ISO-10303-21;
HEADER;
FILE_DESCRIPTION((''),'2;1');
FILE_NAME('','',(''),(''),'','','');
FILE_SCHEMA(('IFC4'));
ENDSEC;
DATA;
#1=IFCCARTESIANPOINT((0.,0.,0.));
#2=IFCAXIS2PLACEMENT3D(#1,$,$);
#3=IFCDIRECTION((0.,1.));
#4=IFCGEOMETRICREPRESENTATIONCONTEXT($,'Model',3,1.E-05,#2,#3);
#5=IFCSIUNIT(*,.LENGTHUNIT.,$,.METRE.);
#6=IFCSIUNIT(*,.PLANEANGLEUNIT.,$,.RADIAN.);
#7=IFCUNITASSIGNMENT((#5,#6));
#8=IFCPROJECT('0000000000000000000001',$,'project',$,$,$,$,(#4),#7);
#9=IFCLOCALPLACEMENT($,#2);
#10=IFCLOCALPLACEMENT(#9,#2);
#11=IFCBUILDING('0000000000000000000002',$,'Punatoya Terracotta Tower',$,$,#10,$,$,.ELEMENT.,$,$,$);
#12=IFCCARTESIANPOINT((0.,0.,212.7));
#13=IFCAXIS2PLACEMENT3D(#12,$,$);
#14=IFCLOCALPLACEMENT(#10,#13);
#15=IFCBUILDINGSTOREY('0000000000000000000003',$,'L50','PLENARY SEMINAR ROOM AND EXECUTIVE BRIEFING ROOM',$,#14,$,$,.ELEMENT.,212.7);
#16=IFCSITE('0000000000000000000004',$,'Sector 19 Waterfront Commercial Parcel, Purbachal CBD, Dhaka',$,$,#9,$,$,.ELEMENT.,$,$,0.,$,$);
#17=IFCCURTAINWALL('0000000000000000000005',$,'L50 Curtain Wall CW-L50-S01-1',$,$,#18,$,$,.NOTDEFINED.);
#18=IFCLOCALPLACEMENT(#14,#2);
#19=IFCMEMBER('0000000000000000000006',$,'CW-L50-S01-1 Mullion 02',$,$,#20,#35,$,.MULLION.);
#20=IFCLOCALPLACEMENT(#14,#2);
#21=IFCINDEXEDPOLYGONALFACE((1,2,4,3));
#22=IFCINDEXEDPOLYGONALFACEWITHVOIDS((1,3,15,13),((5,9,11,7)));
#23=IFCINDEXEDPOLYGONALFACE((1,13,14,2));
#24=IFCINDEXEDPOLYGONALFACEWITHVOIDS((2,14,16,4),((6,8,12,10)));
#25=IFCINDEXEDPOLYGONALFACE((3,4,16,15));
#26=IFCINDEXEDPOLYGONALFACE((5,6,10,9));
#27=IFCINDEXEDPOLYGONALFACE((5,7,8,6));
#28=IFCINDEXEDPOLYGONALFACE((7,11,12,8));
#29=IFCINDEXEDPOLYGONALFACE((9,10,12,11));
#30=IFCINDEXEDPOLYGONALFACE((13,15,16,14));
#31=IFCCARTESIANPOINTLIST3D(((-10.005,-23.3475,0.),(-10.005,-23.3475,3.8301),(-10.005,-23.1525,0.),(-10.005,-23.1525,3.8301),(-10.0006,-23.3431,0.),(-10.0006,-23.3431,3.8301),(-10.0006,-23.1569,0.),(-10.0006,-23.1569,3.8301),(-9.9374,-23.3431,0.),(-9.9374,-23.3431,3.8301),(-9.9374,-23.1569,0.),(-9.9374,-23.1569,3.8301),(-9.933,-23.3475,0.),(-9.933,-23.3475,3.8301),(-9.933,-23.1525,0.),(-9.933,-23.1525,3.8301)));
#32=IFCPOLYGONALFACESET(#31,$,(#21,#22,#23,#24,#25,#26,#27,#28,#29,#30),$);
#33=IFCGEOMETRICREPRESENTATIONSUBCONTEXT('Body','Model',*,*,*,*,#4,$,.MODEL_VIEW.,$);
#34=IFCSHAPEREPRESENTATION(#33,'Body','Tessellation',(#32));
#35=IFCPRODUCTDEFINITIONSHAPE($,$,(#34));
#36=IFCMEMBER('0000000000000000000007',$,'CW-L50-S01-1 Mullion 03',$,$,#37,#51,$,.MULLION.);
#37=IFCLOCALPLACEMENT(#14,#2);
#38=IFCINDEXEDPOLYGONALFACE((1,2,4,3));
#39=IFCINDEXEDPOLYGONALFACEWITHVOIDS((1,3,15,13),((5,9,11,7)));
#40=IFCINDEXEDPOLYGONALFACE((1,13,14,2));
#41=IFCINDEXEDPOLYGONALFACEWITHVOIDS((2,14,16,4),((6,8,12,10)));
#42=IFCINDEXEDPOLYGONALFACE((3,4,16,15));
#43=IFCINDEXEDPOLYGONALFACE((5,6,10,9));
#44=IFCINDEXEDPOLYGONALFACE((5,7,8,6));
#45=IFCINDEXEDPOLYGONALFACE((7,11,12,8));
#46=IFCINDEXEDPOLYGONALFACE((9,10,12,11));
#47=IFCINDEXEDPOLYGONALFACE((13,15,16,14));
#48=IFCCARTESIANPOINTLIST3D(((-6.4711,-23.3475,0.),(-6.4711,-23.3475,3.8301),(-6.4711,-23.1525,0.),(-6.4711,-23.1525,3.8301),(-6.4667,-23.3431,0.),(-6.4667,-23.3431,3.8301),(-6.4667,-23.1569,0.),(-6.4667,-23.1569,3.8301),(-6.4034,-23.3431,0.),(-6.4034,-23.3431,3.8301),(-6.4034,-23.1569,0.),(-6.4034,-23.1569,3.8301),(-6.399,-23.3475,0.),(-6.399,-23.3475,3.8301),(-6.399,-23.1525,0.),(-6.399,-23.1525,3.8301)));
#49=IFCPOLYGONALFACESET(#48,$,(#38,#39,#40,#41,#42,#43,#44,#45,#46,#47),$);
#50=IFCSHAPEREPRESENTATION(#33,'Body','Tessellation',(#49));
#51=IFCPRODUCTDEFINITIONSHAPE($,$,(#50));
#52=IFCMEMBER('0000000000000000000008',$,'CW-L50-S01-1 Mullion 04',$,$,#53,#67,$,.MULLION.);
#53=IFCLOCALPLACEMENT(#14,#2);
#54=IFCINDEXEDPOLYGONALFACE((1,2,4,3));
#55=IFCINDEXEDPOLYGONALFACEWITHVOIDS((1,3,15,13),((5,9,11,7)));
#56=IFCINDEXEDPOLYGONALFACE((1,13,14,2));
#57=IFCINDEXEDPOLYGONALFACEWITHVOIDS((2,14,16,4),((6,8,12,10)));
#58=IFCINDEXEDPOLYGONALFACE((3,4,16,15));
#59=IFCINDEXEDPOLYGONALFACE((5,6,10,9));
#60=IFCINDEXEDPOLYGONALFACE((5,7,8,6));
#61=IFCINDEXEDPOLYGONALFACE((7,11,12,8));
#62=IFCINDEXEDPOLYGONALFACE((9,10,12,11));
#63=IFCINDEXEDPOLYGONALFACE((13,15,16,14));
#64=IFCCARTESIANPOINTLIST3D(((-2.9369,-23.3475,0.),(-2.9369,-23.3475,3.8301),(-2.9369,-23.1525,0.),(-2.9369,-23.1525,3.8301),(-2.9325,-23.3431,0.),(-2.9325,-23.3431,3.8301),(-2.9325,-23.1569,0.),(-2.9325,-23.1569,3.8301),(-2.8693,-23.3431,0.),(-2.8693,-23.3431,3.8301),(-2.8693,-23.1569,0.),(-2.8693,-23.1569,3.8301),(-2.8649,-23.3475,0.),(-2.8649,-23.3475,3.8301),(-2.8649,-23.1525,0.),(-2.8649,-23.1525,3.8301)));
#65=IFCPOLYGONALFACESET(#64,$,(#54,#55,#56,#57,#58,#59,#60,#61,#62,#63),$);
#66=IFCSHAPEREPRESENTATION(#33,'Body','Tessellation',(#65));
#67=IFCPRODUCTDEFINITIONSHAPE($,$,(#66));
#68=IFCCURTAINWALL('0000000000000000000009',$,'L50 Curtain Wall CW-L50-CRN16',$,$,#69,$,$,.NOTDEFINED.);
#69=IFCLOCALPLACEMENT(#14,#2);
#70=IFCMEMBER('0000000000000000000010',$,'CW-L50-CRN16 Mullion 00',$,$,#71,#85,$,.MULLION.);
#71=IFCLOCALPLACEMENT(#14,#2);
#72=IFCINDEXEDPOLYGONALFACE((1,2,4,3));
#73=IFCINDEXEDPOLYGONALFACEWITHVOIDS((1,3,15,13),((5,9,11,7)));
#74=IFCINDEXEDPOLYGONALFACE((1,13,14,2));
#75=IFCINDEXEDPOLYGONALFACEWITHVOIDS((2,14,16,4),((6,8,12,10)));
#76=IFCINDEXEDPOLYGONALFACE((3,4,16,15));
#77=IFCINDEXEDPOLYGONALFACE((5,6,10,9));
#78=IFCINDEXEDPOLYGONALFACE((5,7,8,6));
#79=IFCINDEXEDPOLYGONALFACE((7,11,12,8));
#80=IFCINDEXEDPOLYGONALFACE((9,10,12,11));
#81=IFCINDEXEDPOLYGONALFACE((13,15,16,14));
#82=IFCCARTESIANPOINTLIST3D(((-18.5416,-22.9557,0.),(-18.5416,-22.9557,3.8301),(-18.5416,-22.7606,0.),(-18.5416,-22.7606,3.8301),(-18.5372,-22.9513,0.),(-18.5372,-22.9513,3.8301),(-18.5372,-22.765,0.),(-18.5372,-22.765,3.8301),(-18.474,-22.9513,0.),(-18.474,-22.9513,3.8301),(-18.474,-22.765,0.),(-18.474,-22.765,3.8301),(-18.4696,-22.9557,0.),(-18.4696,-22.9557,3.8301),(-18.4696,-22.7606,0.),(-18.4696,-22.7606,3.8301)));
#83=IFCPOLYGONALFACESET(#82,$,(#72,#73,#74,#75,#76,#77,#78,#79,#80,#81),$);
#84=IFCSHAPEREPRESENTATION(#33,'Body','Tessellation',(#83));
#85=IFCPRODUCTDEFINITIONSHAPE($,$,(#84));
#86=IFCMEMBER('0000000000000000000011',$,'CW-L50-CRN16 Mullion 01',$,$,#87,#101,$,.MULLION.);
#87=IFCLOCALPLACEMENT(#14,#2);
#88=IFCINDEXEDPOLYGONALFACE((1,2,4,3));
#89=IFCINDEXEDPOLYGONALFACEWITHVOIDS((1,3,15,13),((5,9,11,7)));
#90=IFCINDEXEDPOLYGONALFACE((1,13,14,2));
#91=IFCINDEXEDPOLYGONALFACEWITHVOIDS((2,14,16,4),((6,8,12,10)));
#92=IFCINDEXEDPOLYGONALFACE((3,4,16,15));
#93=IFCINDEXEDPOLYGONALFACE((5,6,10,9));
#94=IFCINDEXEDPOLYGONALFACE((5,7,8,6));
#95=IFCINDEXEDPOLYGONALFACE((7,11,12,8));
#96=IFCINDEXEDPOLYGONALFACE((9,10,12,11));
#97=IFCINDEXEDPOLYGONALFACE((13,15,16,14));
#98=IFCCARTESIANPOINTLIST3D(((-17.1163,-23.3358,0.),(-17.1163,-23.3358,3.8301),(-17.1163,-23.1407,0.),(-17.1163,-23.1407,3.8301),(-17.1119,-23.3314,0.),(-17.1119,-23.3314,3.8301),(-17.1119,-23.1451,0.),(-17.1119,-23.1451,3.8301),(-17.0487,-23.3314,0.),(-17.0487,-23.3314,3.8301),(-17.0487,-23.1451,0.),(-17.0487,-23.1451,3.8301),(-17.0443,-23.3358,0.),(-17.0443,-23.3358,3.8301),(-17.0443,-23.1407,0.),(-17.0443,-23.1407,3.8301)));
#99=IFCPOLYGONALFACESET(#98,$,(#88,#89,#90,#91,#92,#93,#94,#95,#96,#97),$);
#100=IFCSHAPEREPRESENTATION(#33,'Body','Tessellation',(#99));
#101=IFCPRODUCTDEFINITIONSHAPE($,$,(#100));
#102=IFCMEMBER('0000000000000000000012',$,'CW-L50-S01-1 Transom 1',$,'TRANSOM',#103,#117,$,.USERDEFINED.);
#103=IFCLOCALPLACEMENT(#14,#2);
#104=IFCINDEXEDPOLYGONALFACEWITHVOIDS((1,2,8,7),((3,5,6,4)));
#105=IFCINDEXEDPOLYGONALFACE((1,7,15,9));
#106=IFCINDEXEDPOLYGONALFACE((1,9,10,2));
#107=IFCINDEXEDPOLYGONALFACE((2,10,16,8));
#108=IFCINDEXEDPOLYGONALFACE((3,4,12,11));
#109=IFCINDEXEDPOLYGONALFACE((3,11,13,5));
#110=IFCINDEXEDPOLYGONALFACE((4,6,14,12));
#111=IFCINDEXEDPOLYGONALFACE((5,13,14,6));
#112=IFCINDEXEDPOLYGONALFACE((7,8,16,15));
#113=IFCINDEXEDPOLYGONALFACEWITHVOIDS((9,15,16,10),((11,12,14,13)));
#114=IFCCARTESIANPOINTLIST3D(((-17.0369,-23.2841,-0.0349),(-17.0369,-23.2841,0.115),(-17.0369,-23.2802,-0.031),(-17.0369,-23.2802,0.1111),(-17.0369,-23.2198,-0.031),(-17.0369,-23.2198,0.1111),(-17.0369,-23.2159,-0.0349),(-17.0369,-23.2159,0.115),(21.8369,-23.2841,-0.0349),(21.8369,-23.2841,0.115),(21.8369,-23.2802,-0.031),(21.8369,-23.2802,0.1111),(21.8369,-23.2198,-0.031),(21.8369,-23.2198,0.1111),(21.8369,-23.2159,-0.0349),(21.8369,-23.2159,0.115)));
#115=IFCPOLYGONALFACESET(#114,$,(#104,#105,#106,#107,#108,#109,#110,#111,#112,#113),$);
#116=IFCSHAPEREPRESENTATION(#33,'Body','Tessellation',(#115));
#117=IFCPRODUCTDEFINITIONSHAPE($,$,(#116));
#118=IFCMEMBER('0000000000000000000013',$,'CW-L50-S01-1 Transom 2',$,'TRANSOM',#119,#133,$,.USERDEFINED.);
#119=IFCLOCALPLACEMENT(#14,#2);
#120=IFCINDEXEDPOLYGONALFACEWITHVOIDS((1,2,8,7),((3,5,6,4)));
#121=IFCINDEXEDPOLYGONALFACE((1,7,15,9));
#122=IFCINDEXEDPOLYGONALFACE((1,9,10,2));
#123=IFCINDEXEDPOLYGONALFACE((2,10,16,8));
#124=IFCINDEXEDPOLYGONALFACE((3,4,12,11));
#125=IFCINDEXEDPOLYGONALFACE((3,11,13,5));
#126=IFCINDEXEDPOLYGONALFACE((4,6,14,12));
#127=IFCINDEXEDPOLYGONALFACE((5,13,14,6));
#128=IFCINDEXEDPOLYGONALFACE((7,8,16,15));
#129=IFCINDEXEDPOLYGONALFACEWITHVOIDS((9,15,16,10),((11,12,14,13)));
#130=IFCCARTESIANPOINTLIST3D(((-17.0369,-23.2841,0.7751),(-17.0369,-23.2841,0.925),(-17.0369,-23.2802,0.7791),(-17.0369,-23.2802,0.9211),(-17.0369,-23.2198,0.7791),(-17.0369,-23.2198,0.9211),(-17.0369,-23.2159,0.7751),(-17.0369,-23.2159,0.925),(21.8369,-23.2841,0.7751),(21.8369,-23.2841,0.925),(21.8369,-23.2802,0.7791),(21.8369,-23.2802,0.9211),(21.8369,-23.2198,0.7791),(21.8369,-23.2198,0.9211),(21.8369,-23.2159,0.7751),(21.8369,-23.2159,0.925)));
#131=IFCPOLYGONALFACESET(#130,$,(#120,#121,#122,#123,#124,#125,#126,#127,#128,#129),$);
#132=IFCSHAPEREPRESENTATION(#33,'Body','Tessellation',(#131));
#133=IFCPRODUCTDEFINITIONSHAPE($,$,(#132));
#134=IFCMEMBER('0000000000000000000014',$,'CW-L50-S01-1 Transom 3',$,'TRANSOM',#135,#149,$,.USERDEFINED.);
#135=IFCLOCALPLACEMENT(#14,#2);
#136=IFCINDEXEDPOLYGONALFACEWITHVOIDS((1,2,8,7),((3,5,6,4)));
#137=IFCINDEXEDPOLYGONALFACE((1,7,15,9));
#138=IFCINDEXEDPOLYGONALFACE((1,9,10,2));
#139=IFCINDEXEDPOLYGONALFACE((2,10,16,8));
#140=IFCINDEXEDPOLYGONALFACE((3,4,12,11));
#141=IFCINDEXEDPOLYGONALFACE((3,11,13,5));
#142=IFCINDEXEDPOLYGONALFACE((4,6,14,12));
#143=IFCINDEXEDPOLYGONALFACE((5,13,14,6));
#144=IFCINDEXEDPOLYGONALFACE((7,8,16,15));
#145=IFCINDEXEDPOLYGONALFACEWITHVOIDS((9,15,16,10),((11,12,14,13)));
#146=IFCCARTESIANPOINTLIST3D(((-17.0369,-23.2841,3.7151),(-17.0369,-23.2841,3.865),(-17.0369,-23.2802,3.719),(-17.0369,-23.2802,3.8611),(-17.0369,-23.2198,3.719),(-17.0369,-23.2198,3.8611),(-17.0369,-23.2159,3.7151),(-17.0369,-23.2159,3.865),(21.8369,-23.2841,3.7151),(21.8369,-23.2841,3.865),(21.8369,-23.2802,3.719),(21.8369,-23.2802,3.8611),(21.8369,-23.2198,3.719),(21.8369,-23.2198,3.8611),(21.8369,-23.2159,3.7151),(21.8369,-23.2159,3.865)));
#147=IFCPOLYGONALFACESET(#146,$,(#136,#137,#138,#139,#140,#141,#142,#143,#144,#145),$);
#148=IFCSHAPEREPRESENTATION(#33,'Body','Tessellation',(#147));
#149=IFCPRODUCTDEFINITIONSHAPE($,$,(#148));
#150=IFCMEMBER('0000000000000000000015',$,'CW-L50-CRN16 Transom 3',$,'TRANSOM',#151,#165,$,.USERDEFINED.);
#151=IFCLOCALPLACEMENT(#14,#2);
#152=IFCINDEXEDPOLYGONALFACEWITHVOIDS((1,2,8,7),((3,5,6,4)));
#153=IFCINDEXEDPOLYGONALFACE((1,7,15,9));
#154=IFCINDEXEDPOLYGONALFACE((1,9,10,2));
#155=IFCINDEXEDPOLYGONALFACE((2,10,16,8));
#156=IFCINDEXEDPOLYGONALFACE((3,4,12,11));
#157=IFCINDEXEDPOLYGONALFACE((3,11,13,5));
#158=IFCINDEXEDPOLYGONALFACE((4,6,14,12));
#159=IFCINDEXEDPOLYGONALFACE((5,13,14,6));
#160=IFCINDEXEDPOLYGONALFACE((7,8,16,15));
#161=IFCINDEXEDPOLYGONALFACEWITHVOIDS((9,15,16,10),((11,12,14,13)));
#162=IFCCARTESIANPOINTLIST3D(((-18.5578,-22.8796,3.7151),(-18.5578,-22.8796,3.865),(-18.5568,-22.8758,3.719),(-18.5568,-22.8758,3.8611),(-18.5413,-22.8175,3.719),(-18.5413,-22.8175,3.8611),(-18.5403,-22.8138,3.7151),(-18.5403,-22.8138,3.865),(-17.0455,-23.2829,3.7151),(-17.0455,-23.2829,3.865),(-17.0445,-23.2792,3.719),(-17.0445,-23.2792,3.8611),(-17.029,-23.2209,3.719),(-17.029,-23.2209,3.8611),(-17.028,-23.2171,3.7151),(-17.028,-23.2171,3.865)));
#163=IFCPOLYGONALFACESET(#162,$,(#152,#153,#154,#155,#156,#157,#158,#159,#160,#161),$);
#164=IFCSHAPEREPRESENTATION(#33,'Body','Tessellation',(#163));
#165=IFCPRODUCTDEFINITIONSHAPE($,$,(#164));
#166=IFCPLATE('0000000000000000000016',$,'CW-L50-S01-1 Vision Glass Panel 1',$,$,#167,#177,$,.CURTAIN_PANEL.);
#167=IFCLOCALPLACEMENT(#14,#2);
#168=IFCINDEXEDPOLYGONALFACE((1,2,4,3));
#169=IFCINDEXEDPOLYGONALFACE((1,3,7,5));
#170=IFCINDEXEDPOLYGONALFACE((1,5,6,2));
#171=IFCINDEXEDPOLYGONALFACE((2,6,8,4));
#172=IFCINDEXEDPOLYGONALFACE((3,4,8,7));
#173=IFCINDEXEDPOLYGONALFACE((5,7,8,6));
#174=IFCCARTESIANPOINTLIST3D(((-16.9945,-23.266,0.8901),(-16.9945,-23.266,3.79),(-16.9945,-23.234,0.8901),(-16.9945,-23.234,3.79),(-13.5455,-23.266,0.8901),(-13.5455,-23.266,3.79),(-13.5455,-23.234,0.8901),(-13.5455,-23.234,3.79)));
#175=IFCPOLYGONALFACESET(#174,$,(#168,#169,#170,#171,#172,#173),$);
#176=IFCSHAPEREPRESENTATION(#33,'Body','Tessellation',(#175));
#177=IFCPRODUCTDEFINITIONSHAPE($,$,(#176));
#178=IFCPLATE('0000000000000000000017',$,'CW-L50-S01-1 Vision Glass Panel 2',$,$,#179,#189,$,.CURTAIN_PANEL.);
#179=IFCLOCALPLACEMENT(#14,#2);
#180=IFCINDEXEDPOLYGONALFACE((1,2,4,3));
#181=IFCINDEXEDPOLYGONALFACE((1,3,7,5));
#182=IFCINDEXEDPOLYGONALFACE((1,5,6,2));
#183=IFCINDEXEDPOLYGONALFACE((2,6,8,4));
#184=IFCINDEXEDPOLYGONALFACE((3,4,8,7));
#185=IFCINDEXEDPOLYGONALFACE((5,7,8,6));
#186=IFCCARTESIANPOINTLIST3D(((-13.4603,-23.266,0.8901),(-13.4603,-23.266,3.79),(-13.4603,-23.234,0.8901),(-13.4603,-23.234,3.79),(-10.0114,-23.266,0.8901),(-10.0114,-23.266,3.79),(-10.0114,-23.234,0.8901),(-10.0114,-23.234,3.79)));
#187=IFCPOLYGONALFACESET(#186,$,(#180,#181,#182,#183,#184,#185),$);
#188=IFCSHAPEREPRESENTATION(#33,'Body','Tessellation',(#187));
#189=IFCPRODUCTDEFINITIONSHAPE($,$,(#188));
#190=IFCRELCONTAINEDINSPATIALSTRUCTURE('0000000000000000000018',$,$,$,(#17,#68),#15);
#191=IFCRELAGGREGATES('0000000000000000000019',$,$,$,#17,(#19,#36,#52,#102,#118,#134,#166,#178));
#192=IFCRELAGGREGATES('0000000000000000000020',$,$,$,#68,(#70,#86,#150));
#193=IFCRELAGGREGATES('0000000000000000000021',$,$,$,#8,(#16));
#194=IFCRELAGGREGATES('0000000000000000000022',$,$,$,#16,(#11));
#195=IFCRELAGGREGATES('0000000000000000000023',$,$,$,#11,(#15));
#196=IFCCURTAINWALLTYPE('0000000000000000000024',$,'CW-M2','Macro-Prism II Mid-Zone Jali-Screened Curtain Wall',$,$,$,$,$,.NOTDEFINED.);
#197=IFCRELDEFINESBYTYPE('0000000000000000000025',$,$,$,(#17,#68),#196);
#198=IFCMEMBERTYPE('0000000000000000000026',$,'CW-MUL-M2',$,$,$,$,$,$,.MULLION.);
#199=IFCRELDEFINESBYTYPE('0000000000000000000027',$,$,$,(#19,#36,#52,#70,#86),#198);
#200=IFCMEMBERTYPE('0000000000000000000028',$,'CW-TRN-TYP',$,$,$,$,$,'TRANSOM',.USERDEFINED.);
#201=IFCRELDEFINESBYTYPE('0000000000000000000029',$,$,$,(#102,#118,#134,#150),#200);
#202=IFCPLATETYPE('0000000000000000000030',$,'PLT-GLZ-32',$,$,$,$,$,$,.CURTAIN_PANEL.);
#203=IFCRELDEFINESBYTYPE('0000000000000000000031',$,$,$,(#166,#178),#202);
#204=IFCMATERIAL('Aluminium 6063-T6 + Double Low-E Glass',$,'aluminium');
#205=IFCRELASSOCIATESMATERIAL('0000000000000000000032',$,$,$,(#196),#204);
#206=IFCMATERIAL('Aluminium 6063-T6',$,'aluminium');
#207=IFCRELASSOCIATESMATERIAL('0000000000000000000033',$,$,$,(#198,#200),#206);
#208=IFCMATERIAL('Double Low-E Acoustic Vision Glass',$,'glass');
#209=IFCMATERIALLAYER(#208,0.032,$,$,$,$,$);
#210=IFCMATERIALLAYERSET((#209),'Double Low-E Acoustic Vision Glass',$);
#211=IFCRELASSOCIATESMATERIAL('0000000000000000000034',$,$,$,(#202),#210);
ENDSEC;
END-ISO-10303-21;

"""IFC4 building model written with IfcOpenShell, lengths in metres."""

from ifc_helpers import new_model, si_unit, direction, frame, origin, origin_2d, place, context, subcontext, project, spatial, rectangle, hollow_rectangle, extrude, material, layer, layer_set, material_profile, profile_set, type_object, element, aggregate, save


model = new_model("IFC4")

# Units and contexts
model_context = context("Model", 3, precision=1e-05, world=origin(), true_north=direction((0.0, 1.0)))
body_context = subcontext(model_context, "Body", "Model", "MODEL_VIEW")
ifc_project = project(units=[si_unit("LENGTHUNIT", "METRE"), si_unit("PLANEANGLEUNIT", "RADIAN")], contexts=[model_context])

# Site, building, storey
site_placement = place(None, origin())
site = spatial("IfcSite", under=ifc_project, at=site_placement, Name="Sector 19 Waterfront Commercial Parcel, Purbachal CBD, Dhaka", CompositionType="ELEMENT", RefElevation=0.0)
building_placement = place(site_placement, origin())
building = spatial("IfcBuilding", under=site, at=building_placement, Name="Punatoya Terracotta Tower", CompositionType="ELEMENT")
storey_placement = place(building_placement, frame((0.0, 0.0, 212.7)))
storey = spatial("IfcBuildingStorey", under=building, at=storey_placement, Name="L50", Description="PLENARY SEMINAR ROOM AND EXECUTIVE BRIEFING ROOM", CompositionType="ELEMENT", Elevation=212.7)

# Curtain walls, members
ifc_material_1 = material(Name="Aluminium 6063-T6 + Double Low-E Glass", Category="aluminium")
curtain_wall_type = type_object("IfcCurtainWallType", Name="CW-M2", Description="Macro-Prism II Mid-Zone Jali-Screened Curtain Wall", PredefinedType="NOTDEFINED", material=ifc_material_1)
curtain_wall_1_placement = place(storey_placement, origin())
curtain_wall_1 = element("IfcCurtainWall", 1, at=curtain_wall_1_placement, inside=storey, type_object=curtain_wall_type, Name="L50 Curtain Wall CW-L50-S01-1", PredefinedType="NOTDEFINED")
ifc_material_2 = material(Name="Aluminium 6063-T6", Category="aluminium")
ifc_material_profile_1 = material_profile(ifc_material_2, hollow_rectangle(XDim=0.072, YDim=0.1951, WallThickness=0.0044, at=origin_2d()))
ifc_profile_set_1 = profile_set([ifc_material_profile_1], Name="Aluminium 6063-T6")
member_type_1 = type_object("IfcMemberType", Name="CW-MUL-M2", PredefinedType="MULLION", material=ifc_profile_set_1)
member_1_placement = place(storey_placement, frame((-9.969, -23.25, 0.0), z_axis=(0.0, 0.0, 1.0), x_axis=(1.0, 0.0, 0.0)))
member_1 = element("IfcMember", 2, at=member_1_placement, type_object=member_type_1, Name="CW-L50-S01-1 Mullion 02", PredefinedType="MULLION", context=body_context, shape_type="SweptSolid", body=[
    extrude(hollow_rectangle(XDim=0.072, YDim=0.1951, WallThickness=0.0044, at=origin_2d()), origin(), (0.0, 0.0, 1.0), 3.8301),
])
member_2_placement = place(storey_placement, frame((-6.4351, -23.25, 0.0), z_axis=(0.0, 0.0, 1.0), x_axis=(1.0, 0.0, 0.0)))
member_2 = element("IfcMember", 3, at=member_2_placement, type_object=member_type_1, Name="CW-L50-S01-1 Mullion 03", PredefinedType="MULLION", context=body_context, shape_type="SweptSolid", body=[
    extrude(hollow_rectangle(XDim=0.072, YDim=0.1951, WallThickness=0.0044, at=origin_2d()), origin(), (0.0, 0.0, 1.0), 3.8301),
])
member_3_placement = place(storey_placement, frame((-2.9009, -23.25, 0.0), z_axis=(0.0, 0.0, 1.0), x_axis=(1.0, 0.0, 0.0)))
member_3 = element("IfcMember", 4, at=member_3_placement, type_object=member_type_1, Name="CW-L50-S01-1 Mullion 04", PredefinedType="MULLION", context=body_context, shape_type="SweptSolid", body=[
    extrude(hollow_rectangle(XDim=0.072, YDim=0.1951, WallThickness=0.0044, at=origin_2d()), origin(), (0.0, 0.0, 1.0), 3.8301),
])
curtain_wall_2_placement = place(storey_placement, origin())
curtain_wall_2 = element("IfcCurtainWall", 5, at=curtain_wall_2_placement, inside=storey, type_object=curtain_wall_type, Name="L50 Curtain Wall CW-L50-CRN16", PredefinedType="NOTDEFINED")
member_4_placement = place(storey_placement, frame((-18.5056, -22.8582, 0.0), z_axis=(0.0, 0.0, 1.0), x_axis=(1.0, 0.0, 0.0)))
member_4 = element("IfcMember", 6, at=member_4_placement, type_object=member_type_1, Name="CW-L50-CRN16 Mullion 00", PredefinedType="MULLION", context=body_context, shape_type="SweptSolid", body=[
    extrude(hollow_rectangle(XDim=0.072, YDim=0.1951, WallThickness=0.0044, at=origin_2d()), origin(), (0.0, 0.0, 1.0), 3.8301),
])
member_5_placement = place(storey_placement, frame((-17.0803, -23.2383, 0.0), z_axis=(0.0, 0.0, 1.0), x_axis=(1.0, 0.0, 0.0)))
member_5 = element("IfcMember", 7, at=member_5_placement, type_object=member_type_1, Name="CW-L50-CRN16 Mullion 01", PredefinedType="MULLION", context=body_context, shape_type="SweptSolid", body=[
    extrude(hollow_rectangle(XDim=0.072, YDim=0.1951, WallThickness=0.0044, at=origin_2d()), origin(), (0.0, 0.0, 1.0), 3.8301),
])

# Members
ifc_material_profile_2 = material_profile(ifc_material_2, hollow_rectangle(XDim=0.0681, YDim=0.1499, WallThickness=0.0039, at=origin_2d()))
ifc_profile_set_2 = profile_set([ifc_material_profile_2], Name="Aluminium 6063-T6")
member_type_2 = type_object("IfcMemberType", Name="CW-TRN-TYP", ElementType="TRANSOM", PredefinedType="USERDEFINED", material=ifc_profile_set_2)
member_6_placement = place(storey_placement, frame((-17.0369, -23.25, 0.04), z_axis=(1.0, 0.0, 0.0), x_axis=(0.0, 1.0, 0.0)))
member_6 = element("IfcMember", 8, at=member_6_placement, type_object=member_type_2, Name="CW-L50-S01-1 Transom 1", ObjectType="TRANSOM", PredefinedType="USERDEFINED", context=body_context, shape_type="SweptSolid", body=[
    extrude(hollow_rectangle(XDim=0.0681, YDim=0.1499, WallThickness=0.0039, at=origin_2d()), origin(), (0.0, 0.0, 1.0), 38.8738),
])
member_7_placement = place(storey_placement, frame((-17.0369, -23.25, 0.8501), z_axis=(1.0, 0.0, 0.0), x_axis=(0.0, 1.0, 0.0)))
member_7 = element("IfcMember", 9, at=member_7_placement, type_object=member_type_2, Name="CW-L50-S01-1 Transom 2", ObjectType="TRANSOM", PredefinedType="USERDEFINED", context=body_context, shape_type="SweptSolid", body=[
    extrude(hollow_rectangle(XDim=0.0681, YDim=0.1499, WallThickness=0.0039, at=origin_2d()), origin(), (0.0, 0.0, 1.0), 38.8738),
])
member_8_placement = place(storey_placement, frame((-17.0369, -23.25, 3.79), z_axis=(1.0, 0.0, 0.0), x_axis=(0.0, 1.0, 0.0)))
member_8 = element("IfcMember", 10, at=member_8_placement, type_object=member_type_2, Name="CW-L50-S01-1 Transom 3", ObjectType="TRANSOM", PredefinedType="USERDEFINED", context=body_context, shape_type="SweptSolid", body=[
    extrude(hollow_rectangle(XDim=0.0681, YDim=0.1499, WallThickness=0.0039, at=origin_2d()), origin(), (0.0, 0.0, 1.0), 38.8738),
])
member_9_placement = place(storey_placement, frame((-18.5491, -22.8467, 3.79), z_axis=(0.966225, -0.257701, 0.0), x_axis=(0.257701, 0.966225, 0.0)))
member_9 = element("IfcMember", 11, at=member_9_placement, type_object=member_type_2, Name="CW-L50-CRN16 Transom 3", ObjectType="TRANSOM", PredefinedType="USERDEFINED", context=body_context, shape_type="SweptSolid", body=[
    extrude(hollow_rectangle(XDim=0.0681, YDim=0.1499, WallThickness=0.0039, at=origin_2d()), origin(), (0.0, 0.0, 1.0), 1.5652),
])

# Plates
ifc_material_3 = material(Name="Double Low-E Acoustic Vision Glass", Category="glass")
ifc_layer_1 = layer(ifc_material_3, 0.032)
ifc_layer_set_1 = layer_set([ifc_layer_1], Name="Double Low-E Acoustic Vision Glass")
plate_type_1 = type_object("IfcPlateType", Name="PLT-GLZ-32", PredefinedType="CURTAIN_PANEL", material=ifc_layer_set_1)
plate_1_placement = place(storey_placement, frame((-15.27, -23.25, 0.8901), z_axis=(0.0, 0.0, 1.0), x_axis=(1.0, 0.0, 0.0)))
plate_1 = element("IfcPlate", 12, at=plate_1_placement, type_object=plate_type_1, Name="CW-L50-S01-1 Vision Glass Panel 1", PredefinedType="CURTAIN_PANEL", context=body_context, shape_type="SweptSolid", body=[
    extrude(rectangle(XDim=3.449, YDim=0.032, at=origin_2d()), origin(), (0.0, 0.0, 1.0), 2.8999),
])
plate_2_placement = place(storey_placement, frame((-11.7358, -23.25, 0.8901), z_axis=(0.0, 0.0, 1.0), x_axis=(1.0, 0.0, 0.0)))
plate_2 = element("IfcPlate", 13, at=plate_2_placement, type_object=plate_type_1, Name="CW-L50-S01-1 Vision Glass Panel 2", PredefinedType="CURTAIN_PANEL", context=body_context, shape_type="SweptSolid", body=[
    extrude(rectangle(XDim=3.449, YDim=0.032, at=origin_2d()), origin(), (0.0, 0.0, 1.0), 2.8999),
])
aggregate(curtain_wall_1, [member_1, member_2, member_3, member_6, member_7, member_8, plate_1, plate_2])
aggregate(curtain_wall_2, [member_4, member_5, member_9])

save(model, "model.ifc")
